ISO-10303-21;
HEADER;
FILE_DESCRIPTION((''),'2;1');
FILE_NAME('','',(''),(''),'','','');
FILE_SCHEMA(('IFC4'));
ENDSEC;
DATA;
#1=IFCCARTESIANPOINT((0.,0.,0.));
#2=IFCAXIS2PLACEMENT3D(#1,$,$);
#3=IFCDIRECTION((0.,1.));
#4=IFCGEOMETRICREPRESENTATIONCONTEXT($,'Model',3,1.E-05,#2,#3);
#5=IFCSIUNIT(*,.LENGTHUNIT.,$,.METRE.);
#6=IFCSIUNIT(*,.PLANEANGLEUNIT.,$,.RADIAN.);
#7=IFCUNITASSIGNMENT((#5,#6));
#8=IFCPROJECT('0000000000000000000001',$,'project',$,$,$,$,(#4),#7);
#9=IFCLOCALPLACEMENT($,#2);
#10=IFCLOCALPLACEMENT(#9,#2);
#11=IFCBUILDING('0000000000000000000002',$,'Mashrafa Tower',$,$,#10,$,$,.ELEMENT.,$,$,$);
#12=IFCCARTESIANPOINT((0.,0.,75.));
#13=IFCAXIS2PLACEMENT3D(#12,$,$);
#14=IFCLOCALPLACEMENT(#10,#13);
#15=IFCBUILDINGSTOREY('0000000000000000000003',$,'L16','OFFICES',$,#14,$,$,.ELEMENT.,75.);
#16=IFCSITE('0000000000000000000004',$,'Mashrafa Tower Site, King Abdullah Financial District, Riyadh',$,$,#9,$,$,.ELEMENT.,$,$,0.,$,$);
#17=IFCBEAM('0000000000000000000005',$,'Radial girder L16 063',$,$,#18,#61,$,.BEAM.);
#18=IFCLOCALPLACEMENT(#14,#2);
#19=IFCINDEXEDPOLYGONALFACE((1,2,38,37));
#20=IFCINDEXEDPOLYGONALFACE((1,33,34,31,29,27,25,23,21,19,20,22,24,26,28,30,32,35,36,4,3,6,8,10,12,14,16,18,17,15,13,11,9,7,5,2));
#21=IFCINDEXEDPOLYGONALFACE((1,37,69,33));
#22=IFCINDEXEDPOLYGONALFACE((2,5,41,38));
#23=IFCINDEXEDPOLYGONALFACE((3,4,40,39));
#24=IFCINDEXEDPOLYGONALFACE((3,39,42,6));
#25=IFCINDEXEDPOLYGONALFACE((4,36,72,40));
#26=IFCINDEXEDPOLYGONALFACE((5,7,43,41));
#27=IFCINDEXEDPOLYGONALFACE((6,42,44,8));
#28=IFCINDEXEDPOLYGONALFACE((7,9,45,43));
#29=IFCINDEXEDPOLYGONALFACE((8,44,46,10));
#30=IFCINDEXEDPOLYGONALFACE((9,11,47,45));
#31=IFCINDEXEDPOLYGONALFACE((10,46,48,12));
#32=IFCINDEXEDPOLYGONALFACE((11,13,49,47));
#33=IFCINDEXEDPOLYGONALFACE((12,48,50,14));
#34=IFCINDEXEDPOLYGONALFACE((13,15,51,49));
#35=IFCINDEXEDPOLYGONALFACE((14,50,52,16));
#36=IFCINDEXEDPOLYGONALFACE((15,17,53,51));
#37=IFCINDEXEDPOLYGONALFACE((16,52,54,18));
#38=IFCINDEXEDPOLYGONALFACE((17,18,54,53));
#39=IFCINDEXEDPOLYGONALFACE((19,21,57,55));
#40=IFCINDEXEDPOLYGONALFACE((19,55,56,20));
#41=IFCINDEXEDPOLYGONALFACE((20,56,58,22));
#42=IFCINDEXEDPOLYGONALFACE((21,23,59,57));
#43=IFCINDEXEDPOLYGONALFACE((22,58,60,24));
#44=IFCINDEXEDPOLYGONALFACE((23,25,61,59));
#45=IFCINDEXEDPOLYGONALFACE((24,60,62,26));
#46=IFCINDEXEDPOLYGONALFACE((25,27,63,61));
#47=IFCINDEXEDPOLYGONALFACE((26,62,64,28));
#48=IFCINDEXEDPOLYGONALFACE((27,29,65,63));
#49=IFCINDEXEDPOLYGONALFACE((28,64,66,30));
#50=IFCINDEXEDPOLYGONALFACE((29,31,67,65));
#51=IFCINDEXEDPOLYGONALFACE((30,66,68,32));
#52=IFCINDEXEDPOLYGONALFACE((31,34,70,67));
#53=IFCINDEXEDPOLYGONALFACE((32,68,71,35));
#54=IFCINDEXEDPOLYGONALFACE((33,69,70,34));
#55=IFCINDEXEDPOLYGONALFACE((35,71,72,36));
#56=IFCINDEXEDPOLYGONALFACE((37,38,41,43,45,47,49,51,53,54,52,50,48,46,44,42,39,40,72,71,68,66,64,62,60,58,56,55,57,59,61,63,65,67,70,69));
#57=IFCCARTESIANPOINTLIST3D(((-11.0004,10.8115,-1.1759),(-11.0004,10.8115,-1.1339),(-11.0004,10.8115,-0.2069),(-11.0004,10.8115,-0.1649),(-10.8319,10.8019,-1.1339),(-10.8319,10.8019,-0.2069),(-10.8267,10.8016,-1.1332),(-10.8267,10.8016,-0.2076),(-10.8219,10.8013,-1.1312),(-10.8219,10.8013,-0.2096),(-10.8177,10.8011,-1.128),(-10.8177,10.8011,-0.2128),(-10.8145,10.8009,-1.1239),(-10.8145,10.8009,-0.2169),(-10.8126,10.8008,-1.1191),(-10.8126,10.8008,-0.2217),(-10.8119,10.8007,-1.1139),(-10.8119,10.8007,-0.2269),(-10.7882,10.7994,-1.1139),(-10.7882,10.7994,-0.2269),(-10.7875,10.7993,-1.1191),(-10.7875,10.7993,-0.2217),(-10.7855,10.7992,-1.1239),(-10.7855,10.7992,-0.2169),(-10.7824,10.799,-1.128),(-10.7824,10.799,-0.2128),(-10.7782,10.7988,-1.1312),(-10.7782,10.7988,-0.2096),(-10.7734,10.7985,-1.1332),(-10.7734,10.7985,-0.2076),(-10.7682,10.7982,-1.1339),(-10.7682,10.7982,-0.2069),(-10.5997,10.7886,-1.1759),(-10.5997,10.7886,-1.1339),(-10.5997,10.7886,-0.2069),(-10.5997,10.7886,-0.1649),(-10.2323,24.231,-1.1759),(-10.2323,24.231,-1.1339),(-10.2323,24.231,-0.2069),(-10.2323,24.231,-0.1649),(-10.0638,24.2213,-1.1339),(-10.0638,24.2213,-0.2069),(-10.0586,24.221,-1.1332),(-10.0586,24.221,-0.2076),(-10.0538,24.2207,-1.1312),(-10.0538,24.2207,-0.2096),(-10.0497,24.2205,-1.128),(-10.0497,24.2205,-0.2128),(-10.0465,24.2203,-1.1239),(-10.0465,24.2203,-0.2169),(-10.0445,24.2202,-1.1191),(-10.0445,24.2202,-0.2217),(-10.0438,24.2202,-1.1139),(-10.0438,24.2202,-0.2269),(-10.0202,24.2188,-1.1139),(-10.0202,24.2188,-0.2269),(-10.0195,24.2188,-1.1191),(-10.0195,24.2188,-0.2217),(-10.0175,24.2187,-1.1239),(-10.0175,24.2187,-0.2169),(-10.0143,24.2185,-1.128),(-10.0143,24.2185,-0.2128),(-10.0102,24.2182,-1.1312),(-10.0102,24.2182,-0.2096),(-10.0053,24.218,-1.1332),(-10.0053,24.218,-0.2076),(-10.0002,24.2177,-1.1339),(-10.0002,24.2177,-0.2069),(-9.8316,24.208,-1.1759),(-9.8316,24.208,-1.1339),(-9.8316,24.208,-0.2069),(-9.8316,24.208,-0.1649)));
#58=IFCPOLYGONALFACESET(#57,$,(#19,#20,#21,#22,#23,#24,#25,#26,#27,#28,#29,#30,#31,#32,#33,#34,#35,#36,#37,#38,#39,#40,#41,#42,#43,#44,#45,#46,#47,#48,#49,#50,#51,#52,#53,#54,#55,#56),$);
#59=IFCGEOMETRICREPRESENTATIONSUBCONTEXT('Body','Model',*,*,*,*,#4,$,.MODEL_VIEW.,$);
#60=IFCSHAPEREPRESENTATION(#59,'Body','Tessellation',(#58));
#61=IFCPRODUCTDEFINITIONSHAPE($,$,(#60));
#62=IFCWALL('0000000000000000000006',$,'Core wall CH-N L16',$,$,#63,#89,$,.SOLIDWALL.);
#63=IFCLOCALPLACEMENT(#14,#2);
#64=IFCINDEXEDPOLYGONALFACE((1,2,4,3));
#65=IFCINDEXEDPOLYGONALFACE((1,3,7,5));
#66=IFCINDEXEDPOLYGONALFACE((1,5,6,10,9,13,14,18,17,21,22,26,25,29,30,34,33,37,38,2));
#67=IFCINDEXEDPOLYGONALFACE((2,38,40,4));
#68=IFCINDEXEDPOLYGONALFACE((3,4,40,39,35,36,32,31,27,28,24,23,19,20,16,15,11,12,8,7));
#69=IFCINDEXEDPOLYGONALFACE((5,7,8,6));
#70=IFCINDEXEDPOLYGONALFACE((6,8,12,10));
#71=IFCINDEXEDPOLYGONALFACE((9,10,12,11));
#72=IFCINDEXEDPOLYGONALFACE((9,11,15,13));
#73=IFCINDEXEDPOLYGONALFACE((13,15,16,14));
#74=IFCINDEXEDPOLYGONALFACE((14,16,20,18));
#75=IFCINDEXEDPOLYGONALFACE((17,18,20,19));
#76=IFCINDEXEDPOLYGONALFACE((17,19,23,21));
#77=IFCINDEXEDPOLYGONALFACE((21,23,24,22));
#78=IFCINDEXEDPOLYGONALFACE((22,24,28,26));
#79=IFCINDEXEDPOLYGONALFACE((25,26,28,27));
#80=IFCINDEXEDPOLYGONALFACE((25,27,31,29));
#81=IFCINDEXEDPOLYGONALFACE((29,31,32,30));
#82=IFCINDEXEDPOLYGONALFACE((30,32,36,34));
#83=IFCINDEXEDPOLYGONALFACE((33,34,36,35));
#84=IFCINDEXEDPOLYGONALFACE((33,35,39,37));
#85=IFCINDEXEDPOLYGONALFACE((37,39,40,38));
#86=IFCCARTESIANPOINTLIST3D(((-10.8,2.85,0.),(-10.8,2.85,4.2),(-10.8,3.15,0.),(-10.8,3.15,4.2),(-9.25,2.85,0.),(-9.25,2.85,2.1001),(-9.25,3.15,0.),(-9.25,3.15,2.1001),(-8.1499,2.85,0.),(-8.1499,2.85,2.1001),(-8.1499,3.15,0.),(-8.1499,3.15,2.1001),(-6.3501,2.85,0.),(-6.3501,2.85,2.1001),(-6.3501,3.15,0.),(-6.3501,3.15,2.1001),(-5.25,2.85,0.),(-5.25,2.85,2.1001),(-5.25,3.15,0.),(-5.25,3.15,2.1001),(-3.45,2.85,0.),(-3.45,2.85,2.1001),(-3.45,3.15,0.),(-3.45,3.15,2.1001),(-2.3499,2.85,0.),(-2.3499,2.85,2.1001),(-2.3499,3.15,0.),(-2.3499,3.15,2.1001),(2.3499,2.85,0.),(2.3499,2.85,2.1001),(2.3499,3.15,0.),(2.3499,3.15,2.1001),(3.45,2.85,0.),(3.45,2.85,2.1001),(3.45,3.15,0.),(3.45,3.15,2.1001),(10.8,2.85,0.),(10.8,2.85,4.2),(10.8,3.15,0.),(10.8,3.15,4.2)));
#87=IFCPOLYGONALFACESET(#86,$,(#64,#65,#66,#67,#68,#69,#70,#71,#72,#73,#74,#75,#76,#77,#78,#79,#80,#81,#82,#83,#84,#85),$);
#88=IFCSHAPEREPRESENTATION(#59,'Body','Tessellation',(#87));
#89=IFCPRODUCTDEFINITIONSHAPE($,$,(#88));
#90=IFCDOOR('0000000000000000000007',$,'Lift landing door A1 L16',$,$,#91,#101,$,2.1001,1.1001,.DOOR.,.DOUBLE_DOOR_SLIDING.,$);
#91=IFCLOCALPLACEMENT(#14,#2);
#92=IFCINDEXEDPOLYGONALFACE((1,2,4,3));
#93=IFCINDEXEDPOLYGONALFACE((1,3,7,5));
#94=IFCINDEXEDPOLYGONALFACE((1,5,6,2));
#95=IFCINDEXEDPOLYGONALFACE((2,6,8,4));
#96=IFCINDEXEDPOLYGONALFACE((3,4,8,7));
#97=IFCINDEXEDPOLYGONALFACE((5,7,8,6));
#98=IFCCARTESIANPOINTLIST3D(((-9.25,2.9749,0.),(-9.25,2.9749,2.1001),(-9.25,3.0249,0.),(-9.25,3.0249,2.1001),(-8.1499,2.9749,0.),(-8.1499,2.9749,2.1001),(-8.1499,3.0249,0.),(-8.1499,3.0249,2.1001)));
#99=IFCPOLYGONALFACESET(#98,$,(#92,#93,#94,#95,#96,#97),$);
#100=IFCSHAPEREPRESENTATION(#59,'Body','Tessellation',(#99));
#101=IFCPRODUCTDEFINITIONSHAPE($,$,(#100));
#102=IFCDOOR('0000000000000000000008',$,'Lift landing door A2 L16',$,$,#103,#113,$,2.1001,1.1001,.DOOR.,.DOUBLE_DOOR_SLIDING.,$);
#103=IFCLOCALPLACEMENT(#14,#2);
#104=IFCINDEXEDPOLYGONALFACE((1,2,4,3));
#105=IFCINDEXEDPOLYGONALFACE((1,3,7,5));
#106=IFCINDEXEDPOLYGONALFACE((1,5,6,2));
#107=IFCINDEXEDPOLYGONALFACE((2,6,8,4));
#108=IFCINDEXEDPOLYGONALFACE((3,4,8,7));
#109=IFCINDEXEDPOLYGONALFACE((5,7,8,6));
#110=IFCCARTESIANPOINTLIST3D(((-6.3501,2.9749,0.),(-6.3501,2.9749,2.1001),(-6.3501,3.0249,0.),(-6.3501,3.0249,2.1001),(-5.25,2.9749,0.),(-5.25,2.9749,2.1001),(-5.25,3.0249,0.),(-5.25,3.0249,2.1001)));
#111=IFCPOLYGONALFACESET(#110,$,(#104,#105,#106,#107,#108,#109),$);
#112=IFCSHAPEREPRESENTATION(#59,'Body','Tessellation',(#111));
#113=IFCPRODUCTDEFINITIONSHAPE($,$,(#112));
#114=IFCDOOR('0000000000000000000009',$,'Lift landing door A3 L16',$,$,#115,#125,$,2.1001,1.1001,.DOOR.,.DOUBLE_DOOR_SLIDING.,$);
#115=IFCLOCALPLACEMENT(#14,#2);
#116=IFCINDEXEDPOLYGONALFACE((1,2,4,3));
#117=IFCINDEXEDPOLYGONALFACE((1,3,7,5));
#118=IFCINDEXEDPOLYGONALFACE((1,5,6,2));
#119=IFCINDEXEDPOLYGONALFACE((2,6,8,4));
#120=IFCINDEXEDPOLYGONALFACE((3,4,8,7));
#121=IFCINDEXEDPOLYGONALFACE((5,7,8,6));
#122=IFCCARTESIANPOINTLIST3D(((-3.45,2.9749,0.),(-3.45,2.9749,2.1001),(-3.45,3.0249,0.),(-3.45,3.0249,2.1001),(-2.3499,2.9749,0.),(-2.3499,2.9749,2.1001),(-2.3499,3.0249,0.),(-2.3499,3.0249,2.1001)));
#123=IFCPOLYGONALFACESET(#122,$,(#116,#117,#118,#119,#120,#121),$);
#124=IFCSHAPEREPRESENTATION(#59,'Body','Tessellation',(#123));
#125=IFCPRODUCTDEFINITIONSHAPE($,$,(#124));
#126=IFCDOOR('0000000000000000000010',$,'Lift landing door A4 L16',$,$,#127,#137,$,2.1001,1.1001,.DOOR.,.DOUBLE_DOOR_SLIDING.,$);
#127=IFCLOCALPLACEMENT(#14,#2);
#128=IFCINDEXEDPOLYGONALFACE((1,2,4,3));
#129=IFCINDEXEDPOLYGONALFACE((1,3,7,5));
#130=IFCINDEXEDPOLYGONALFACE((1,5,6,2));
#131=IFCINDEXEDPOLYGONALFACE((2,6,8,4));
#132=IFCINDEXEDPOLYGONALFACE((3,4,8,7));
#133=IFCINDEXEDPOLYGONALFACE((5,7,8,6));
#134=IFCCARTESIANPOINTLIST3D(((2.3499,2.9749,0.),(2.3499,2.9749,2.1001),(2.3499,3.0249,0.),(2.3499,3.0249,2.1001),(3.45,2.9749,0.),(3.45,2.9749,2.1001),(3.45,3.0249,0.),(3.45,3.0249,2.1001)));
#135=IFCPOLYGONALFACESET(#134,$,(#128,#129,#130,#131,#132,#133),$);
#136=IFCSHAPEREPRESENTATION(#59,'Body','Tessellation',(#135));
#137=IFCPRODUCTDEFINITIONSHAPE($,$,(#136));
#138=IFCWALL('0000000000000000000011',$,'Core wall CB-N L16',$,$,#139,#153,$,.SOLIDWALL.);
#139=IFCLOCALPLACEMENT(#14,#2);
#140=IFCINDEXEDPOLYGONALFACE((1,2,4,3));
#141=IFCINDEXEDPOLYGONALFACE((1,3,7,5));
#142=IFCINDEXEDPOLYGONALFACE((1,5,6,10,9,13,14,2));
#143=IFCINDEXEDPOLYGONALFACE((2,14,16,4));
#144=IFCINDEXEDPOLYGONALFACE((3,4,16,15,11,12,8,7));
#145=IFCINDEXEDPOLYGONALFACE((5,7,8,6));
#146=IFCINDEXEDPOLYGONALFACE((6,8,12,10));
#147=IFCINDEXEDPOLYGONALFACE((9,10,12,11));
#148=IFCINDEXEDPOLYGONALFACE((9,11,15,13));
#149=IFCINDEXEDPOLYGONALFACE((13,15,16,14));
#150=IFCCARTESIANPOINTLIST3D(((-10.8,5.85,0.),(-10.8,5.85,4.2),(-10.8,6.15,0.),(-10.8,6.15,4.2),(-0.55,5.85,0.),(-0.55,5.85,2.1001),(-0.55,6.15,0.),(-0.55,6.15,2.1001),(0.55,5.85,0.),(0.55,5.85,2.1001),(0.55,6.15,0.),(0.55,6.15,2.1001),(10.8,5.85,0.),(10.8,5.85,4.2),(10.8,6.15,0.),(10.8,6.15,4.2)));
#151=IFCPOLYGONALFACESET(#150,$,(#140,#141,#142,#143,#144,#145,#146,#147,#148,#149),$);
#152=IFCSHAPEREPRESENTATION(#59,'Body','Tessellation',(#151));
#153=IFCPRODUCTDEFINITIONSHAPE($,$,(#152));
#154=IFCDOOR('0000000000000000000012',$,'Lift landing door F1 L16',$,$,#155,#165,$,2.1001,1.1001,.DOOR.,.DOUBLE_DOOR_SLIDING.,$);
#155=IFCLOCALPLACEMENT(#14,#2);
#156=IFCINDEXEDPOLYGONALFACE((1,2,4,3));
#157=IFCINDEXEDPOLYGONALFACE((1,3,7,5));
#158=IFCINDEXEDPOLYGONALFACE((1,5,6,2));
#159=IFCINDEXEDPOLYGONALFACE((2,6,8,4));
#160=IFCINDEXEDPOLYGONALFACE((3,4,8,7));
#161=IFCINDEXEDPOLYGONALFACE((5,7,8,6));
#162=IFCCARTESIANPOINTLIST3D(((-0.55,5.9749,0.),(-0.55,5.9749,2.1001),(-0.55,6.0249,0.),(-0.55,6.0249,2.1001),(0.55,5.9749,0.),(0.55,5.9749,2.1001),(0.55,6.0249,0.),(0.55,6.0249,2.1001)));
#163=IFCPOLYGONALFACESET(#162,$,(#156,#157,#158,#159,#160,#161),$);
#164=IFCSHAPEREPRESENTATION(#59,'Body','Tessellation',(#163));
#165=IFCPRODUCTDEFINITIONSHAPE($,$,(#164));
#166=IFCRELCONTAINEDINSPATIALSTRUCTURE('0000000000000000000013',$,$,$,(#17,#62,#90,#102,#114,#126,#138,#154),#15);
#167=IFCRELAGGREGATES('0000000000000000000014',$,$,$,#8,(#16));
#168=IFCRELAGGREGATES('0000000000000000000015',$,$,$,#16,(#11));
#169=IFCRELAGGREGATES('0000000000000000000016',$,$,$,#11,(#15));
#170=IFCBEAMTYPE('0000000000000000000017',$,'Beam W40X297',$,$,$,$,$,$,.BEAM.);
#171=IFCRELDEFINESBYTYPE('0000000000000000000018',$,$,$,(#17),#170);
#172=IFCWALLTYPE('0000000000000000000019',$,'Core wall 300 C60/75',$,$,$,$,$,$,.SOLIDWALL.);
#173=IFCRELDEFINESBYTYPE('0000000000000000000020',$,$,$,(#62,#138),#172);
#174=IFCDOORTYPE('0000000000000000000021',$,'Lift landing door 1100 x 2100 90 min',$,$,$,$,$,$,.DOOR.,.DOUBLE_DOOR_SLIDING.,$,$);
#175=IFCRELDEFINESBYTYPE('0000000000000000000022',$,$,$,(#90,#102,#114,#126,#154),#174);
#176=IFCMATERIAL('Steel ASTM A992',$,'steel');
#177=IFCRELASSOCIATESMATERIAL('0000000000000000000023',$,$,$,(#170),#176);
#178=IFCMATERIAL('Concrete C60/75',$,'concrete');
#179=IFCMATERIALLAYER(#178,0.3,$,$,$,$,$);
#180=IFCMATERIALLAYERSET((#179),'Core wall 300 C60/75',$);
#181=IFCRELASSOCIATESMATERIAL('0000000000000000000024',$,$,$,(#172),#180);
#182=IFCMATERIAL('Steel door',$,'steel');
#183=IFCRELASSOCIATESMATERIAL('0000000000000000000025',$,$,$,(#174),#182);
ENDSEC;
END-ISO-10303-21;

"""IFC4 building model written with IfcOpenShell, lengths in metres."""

from ifc_helpers import new_model, si_unit, direction, frame, frame_2d, origin, origin_2d, place, context, subcontext, project, spatial, rectangle, i_section, extrude, material, layer, layer_set, material_profile, profile_set, type_object, element, fill, save


model = new_model("IFC4")

# Units and contexts
model_context = context("Model", 3, precision=1e-05, world=origin(), true_north=direction((0.0, 1.0)))
body_context = subcontext(model_context, "Body", "Model", "MODEL_VIEW")
ifc_project = project(units=[si_unit("LENGTHUNIT", "METRE"), si_unit("PLANEANGLEUNIT", "RADIAN")], contexts=[model_context])

# Site, building, storey
site_placement = place(None, origin())
site = spatial("IfcSite", under=ifc_project, at=site_placement, Name="Mashrafa Tower Site, King Abdullah Financial District, Riyadh", CompositionType="ELEMENT", RefElevation=0.0)
building_placement = place(site_placement, origin())
building = spatial("IfcBuilding", under=site, at=building_placement, Name="Mashrafa Tower", CompositionType="ELEMENT")
storey_placement = place(building_placement, frame((0.0, 0.0, 75.0)))
storey = spatial("IfcBuildingStorey", under=building, at=storey_placement, Name="L16", Description="OFFICES", CompositionType="ELEMENT", Elevation=75.0)

# Beam
ifc_material_1 = material(Name="Steel ASTM A992", Category="steel")
ifc_material_profile_1 = material_profile(ifc_material_1, i_section(OverallWidth=0.4014, OverallDepth=1.011, WebThickness=0.0237, FlangeThickness=0.042, FilletRadius=0.02, at=origin_2d()), Name="W40X297")
ifc_profile_set_1 = profile_set([ifc_material_profile_1], Name="Steel ASTM A992")
beam_type_1 = type_object("IfcBeamType", Name="Beam W40X297", PredefinedType="BEAM", material=ifc_profile_set_1)
for number, where, z_axis, x_axis, name in (
    (1, (-10.8, 10.8, -0.6704), (0.057142, 0.998366, 0.0), (-0.998366, 0.057142, 0.0), "Radial girder L16 063"),
):
    element("IfcBeam", number, at=place(storey_placement, frame(where, z_axis=z_axis, x_axis=x_axis)), inside=storey, type_object=beam_type_1, Name=name, PredefinedType="BEAM", context=body_context, shape_type="SweptSolid", body=[
        extrude(i_section(OverallWidth=0.4014, OverallDepth=1.011, WebThickness=0.0237, FlangeThickness=0.042, FilletRadius=0.02, at=origin_2d()), origin(), (0.0, 0.0, 1.0), 13.4414),
    ])

# Wall, openings, doors
ifc_material_2 = material(Name="Concrete C60/75", Category="concrete")
ifc_layer_1 = layer(ifc_material_2, 0.3)
ifc_layer_set_1 = layer_set([ifc_layer_1], Name="Core wall 300 C60/75")
wall_type_1 = type_object("IfcWallType", Name="Core wall 300 C60/75", PredefinedType="SOLIDWALL", material=ifc_layer_set_1)
wall_1_placement = place(storey_placement, frame((-10.8, 3.0, 0.0), z_axis=(0.0, 0.0, 1.0), x_axis=(1.0, 0.0, 0.0)))
wall_1 = element("IfcWall", 2, at=wall_1_placement, inside=storey, type_object=wall_type_1, Name="Core wall CH-N L16", PredefinedType="SOLIDWALL", context=body_context, shape_type="SweptSolid", body=[
    extrude(rectangle(XDim=21.6001, YDim=0.3, at=frame_2d((10.8, 0.0))), origin(), (0.0, 0.0, 1.0), 4.2),
])
opening_1_placement = place(wall_1_placement, frame((1.55, 0.0, 0.0)))
opening_1 = element("IfcOpeningElement", 3, at=opening_1_placement, cuts=wall_1, PredefinedType="OPENING", context=body_context, shape_type="SweptSolid", body=[
    extrude(rectangle(XDim=1.1001, YDim=2.1001, at=frame_2d((0.55, 1.05))), frame((0.0, 0.1599, 0.0), z_axis=(0.0, -1.0, 0.0), x_axis=(1.0, 0.0, 0.0)), (0.0, 0.0, 1.0), 0.3201),
])
opening_2_placement = place(wall_1_placement, frame((4.45, 0.0, 0.0)))
opening_2 = element("IfcOpeningElement", 4, at=opening_2_placement, cuts=wall_1, PredefinedType="OPENING", context=body_context, shape_type="SweptSolid", body=[
    extrude(rectangle(XDim=1.1001, YDim=2.1001, at=frame_2d((0.55, 1.05))), frame((0.0, 0.1599, 0.0), z_axis=(0.0, -1.0, 0.0), x_axis=(1.0, 0.0, 0.0)), (0.0, 0.0, 1.0), 0.3201),
])
opening_3_placement = place(wall_1_placement, frame((7.3501, 0.0, 0.0)))
opening_3 = element("IfcOpeningElement", 5, at=opening_3_placement, cuts=wall_1, PredefinedType="OPENING", context=body_context, shape_type="SweptSolid", body=[
    extrude(rectangle(XDim=1.1001, YDim=2.1001, at=frame_2d((0.55, 1.05))), frame((0.0, 0.1599, 0.0), z_axis=(0.0, -1.0, 0.0), x_axis=(1.0, 0.0, 0.0)), (0.0, 0.0, 1.0), 0.3201),
])
opening_4_placement = place(wall_1_placement, frame((13.1499, 0.0, 0.0)))
opening_4 = element("IfcOpeningElement", 6, at=opening_4_placement, cuts=wall_1, PredefinedType="OPENING", context=body_context, shape_type="SweptSolid", body=[
    extrude(rectangle(XDim=1.1001, YDim=2.1001, at=frame_2d((0.55, 1.05))), frame((0.0, 0.1599, 0.0), z_axis=(0.0, -1.0, 0.0), x_axis=(1.0, 0.0, 0.0)), (0.0, 0.0, 1.0), 0.3201),
])
ifc_material_3 = material(Name="Steel door", Category="steel")
door_type_1 = type_object("IfcDoorType", Name="Lift landing door 1100 x 2100 90 min", OperationType="DOUBLE_DOOR_SLIDING", PredefinedType="DOOR", material=ifc_material_3)
door_1_placement = place(opening_1_placement, origin())
door_1 = element("IfcDoor", 7, at=door_1_placement, inside=storey, type_object=door_type_1, Name="Lift landing door A1 L16", OperationType="DOUBLE_DOOR_SLIDING", OverallHeight=2.1001, OverallWidth=1.1001, PredefinedType="DOOR", context=body_context, shape_type="SweptSolid", body=[
    extrude(rectangle(XDim=1.1001, YDim=2.1001, at=frame_2d((0.55, 1.05))), frame((0.0, 0.0249, 0.0), z_axis=(0.0, -1.0, 0.0), x_axis=(1.0, 0.0, 0.0)), (0.0, 0.0, 1.0), 0.05),
])
fill(opening_1, door_1)
door_2_placement = place(opening_2_placement, origin())
door_2 = element("IfcDoor", 8, at=door_2_placement, inside=storey, type_object=door_type_1, Name="Lift landing door A2 L16", OperationType="DOUBLE_DOOR_SLIDING", OverallHeight=2.1001, OverallWidth=1.1001, PredefinedType="DOOR", context=body_context, shape_type="SweptSolid", body=[
    extrude(rectangle(XDim=1.1001, YDim=2.1001, at=frame_2d((0.55, 1.05))), frame((0.0, 0.0249, 0.0), z_axis=(0.0, -1.0, 0.0), x_axis=(1.0, 0.0, 0.0)), (0.0, 0.0, 1.0), 0.05),
])
fill(opening_2, door_2)
door_3_placement = place(opening_3_placement, origin())
door_3 = element("IfcDoor", 9, at=door_3_placement, inside=storey, type_object=door_type_1, Name="Lift landing door A3 L16", OperationType="DOUBLE_DOOR_SLIDING", OverallHeight=2.1001, OverallWidth=1.1001, PredefinedType="DOOR", context=body_context, shape_type="SweptSolid", body=[
    extrude(rectangle(XDim=1.1001, YDim=2.1001, at=frame_2d((0.55, 1.05))), frame((0.0, 0.0249, 0.0), z_axis=(0.0, -1.0, 0.0), x_axis=(1.0, 0.0, 0.0)), (0.0, 0.0, 1.0), 0.05),
])
fill(opening_3, door_3)
door_4_placement = place(opening_4_placement, origin())
door_4 = element("IfcDoor", 10, at=door_4_placement, inside=storey, type_object=door_type_1, Name="Lift landing door A4 L16", OperationType="DOUBLE_DOOR_SLIDING", OverallHeight=2.1001, OverallWidth=1.1001, PredefinedType="DOOR", context=body_context, shape_type="SweptSolid", body=[
    extrude(rectangle(XDim=1.1001, YDim=2.1001, at=frame_2d((0.55, 1.05))), frame((0.0, 0.0249, 0.0), z_axis=(0.0, -1.0, 0.0), x_axis=(1.0, 0.0, 0.0)), (0.0, 0.0, 1.0), 0.05),
])
fill(opening_4, door_4)

# Wall, opening, door
wall_2_placement = place(storey_placement, frame((-10.8, 6.0, 0.0), z_axis=(0.0, 0.0, 1.0), x_axis=(1.0, 0.0, 0.0)))
wall_2 = element("IfcWall", 11, at=wall_2_placement, inside=storey, type_object=wall_type_1, Name="Core wall CB-N L16", PredefinedType="SOLIDWALL", context=body_context, shape_type="SweptSolid", body=[
    extrude(rectangle(XDim=21.6001, YDim=0.3, at=frame_2d((10.8, 0.0))), origin(), (0.0, 0.0, 1.0), 4.2),
])
opening_5_placement = place(wall_2_placement, frame((10.25, 0.0, 0.0)))
opening_5 = element("IfcOpeningElement", 12, at=opening_5_placement, cuts=wall_2, PredefinedType="OPENING", context=body_context, shape_type="SweptSolid", body=[
    extrude(rectangle(XDim=1.1001, YDim=2.1001, at=frame_2d((0.55, 1.05))), frame((0.0, 0.1599, 0.0), z_axis=(0.0, -1.0, 0.0), x_axis=(1.0, 0.0, 0.0)), (0.0, 0.0, 1.0), 0.3201),
])
door_5_placement = place(opening_5_placement, origin())
door_5 = element("IfcDoor", 13, at=door_5_placement, inside=storey, type_object=door_type_1, Name="Lift landing door F1 L16", OperationType="DOUBLE_DOOR_SLIDING", OverallHeight=2.1001, OverallWidth=1.1001, PredefinedType="DOOR", context=body_context, shape_type="SweptSolid", body=[
    extrude(rectangle(XDim=1.1001, YDim=2.1001, at=frame_2d((0.55, 1.05))), frame((0.0, 0.0249, 0.0), z_axis=(0.0, -1.0, 0.0), x_axis=(1.0, 0.0, 0.0)), (0.0, 0.0, 1.0), 0.05),
])
fill(opening_5, door_5)

save(model, "model.ifc")
